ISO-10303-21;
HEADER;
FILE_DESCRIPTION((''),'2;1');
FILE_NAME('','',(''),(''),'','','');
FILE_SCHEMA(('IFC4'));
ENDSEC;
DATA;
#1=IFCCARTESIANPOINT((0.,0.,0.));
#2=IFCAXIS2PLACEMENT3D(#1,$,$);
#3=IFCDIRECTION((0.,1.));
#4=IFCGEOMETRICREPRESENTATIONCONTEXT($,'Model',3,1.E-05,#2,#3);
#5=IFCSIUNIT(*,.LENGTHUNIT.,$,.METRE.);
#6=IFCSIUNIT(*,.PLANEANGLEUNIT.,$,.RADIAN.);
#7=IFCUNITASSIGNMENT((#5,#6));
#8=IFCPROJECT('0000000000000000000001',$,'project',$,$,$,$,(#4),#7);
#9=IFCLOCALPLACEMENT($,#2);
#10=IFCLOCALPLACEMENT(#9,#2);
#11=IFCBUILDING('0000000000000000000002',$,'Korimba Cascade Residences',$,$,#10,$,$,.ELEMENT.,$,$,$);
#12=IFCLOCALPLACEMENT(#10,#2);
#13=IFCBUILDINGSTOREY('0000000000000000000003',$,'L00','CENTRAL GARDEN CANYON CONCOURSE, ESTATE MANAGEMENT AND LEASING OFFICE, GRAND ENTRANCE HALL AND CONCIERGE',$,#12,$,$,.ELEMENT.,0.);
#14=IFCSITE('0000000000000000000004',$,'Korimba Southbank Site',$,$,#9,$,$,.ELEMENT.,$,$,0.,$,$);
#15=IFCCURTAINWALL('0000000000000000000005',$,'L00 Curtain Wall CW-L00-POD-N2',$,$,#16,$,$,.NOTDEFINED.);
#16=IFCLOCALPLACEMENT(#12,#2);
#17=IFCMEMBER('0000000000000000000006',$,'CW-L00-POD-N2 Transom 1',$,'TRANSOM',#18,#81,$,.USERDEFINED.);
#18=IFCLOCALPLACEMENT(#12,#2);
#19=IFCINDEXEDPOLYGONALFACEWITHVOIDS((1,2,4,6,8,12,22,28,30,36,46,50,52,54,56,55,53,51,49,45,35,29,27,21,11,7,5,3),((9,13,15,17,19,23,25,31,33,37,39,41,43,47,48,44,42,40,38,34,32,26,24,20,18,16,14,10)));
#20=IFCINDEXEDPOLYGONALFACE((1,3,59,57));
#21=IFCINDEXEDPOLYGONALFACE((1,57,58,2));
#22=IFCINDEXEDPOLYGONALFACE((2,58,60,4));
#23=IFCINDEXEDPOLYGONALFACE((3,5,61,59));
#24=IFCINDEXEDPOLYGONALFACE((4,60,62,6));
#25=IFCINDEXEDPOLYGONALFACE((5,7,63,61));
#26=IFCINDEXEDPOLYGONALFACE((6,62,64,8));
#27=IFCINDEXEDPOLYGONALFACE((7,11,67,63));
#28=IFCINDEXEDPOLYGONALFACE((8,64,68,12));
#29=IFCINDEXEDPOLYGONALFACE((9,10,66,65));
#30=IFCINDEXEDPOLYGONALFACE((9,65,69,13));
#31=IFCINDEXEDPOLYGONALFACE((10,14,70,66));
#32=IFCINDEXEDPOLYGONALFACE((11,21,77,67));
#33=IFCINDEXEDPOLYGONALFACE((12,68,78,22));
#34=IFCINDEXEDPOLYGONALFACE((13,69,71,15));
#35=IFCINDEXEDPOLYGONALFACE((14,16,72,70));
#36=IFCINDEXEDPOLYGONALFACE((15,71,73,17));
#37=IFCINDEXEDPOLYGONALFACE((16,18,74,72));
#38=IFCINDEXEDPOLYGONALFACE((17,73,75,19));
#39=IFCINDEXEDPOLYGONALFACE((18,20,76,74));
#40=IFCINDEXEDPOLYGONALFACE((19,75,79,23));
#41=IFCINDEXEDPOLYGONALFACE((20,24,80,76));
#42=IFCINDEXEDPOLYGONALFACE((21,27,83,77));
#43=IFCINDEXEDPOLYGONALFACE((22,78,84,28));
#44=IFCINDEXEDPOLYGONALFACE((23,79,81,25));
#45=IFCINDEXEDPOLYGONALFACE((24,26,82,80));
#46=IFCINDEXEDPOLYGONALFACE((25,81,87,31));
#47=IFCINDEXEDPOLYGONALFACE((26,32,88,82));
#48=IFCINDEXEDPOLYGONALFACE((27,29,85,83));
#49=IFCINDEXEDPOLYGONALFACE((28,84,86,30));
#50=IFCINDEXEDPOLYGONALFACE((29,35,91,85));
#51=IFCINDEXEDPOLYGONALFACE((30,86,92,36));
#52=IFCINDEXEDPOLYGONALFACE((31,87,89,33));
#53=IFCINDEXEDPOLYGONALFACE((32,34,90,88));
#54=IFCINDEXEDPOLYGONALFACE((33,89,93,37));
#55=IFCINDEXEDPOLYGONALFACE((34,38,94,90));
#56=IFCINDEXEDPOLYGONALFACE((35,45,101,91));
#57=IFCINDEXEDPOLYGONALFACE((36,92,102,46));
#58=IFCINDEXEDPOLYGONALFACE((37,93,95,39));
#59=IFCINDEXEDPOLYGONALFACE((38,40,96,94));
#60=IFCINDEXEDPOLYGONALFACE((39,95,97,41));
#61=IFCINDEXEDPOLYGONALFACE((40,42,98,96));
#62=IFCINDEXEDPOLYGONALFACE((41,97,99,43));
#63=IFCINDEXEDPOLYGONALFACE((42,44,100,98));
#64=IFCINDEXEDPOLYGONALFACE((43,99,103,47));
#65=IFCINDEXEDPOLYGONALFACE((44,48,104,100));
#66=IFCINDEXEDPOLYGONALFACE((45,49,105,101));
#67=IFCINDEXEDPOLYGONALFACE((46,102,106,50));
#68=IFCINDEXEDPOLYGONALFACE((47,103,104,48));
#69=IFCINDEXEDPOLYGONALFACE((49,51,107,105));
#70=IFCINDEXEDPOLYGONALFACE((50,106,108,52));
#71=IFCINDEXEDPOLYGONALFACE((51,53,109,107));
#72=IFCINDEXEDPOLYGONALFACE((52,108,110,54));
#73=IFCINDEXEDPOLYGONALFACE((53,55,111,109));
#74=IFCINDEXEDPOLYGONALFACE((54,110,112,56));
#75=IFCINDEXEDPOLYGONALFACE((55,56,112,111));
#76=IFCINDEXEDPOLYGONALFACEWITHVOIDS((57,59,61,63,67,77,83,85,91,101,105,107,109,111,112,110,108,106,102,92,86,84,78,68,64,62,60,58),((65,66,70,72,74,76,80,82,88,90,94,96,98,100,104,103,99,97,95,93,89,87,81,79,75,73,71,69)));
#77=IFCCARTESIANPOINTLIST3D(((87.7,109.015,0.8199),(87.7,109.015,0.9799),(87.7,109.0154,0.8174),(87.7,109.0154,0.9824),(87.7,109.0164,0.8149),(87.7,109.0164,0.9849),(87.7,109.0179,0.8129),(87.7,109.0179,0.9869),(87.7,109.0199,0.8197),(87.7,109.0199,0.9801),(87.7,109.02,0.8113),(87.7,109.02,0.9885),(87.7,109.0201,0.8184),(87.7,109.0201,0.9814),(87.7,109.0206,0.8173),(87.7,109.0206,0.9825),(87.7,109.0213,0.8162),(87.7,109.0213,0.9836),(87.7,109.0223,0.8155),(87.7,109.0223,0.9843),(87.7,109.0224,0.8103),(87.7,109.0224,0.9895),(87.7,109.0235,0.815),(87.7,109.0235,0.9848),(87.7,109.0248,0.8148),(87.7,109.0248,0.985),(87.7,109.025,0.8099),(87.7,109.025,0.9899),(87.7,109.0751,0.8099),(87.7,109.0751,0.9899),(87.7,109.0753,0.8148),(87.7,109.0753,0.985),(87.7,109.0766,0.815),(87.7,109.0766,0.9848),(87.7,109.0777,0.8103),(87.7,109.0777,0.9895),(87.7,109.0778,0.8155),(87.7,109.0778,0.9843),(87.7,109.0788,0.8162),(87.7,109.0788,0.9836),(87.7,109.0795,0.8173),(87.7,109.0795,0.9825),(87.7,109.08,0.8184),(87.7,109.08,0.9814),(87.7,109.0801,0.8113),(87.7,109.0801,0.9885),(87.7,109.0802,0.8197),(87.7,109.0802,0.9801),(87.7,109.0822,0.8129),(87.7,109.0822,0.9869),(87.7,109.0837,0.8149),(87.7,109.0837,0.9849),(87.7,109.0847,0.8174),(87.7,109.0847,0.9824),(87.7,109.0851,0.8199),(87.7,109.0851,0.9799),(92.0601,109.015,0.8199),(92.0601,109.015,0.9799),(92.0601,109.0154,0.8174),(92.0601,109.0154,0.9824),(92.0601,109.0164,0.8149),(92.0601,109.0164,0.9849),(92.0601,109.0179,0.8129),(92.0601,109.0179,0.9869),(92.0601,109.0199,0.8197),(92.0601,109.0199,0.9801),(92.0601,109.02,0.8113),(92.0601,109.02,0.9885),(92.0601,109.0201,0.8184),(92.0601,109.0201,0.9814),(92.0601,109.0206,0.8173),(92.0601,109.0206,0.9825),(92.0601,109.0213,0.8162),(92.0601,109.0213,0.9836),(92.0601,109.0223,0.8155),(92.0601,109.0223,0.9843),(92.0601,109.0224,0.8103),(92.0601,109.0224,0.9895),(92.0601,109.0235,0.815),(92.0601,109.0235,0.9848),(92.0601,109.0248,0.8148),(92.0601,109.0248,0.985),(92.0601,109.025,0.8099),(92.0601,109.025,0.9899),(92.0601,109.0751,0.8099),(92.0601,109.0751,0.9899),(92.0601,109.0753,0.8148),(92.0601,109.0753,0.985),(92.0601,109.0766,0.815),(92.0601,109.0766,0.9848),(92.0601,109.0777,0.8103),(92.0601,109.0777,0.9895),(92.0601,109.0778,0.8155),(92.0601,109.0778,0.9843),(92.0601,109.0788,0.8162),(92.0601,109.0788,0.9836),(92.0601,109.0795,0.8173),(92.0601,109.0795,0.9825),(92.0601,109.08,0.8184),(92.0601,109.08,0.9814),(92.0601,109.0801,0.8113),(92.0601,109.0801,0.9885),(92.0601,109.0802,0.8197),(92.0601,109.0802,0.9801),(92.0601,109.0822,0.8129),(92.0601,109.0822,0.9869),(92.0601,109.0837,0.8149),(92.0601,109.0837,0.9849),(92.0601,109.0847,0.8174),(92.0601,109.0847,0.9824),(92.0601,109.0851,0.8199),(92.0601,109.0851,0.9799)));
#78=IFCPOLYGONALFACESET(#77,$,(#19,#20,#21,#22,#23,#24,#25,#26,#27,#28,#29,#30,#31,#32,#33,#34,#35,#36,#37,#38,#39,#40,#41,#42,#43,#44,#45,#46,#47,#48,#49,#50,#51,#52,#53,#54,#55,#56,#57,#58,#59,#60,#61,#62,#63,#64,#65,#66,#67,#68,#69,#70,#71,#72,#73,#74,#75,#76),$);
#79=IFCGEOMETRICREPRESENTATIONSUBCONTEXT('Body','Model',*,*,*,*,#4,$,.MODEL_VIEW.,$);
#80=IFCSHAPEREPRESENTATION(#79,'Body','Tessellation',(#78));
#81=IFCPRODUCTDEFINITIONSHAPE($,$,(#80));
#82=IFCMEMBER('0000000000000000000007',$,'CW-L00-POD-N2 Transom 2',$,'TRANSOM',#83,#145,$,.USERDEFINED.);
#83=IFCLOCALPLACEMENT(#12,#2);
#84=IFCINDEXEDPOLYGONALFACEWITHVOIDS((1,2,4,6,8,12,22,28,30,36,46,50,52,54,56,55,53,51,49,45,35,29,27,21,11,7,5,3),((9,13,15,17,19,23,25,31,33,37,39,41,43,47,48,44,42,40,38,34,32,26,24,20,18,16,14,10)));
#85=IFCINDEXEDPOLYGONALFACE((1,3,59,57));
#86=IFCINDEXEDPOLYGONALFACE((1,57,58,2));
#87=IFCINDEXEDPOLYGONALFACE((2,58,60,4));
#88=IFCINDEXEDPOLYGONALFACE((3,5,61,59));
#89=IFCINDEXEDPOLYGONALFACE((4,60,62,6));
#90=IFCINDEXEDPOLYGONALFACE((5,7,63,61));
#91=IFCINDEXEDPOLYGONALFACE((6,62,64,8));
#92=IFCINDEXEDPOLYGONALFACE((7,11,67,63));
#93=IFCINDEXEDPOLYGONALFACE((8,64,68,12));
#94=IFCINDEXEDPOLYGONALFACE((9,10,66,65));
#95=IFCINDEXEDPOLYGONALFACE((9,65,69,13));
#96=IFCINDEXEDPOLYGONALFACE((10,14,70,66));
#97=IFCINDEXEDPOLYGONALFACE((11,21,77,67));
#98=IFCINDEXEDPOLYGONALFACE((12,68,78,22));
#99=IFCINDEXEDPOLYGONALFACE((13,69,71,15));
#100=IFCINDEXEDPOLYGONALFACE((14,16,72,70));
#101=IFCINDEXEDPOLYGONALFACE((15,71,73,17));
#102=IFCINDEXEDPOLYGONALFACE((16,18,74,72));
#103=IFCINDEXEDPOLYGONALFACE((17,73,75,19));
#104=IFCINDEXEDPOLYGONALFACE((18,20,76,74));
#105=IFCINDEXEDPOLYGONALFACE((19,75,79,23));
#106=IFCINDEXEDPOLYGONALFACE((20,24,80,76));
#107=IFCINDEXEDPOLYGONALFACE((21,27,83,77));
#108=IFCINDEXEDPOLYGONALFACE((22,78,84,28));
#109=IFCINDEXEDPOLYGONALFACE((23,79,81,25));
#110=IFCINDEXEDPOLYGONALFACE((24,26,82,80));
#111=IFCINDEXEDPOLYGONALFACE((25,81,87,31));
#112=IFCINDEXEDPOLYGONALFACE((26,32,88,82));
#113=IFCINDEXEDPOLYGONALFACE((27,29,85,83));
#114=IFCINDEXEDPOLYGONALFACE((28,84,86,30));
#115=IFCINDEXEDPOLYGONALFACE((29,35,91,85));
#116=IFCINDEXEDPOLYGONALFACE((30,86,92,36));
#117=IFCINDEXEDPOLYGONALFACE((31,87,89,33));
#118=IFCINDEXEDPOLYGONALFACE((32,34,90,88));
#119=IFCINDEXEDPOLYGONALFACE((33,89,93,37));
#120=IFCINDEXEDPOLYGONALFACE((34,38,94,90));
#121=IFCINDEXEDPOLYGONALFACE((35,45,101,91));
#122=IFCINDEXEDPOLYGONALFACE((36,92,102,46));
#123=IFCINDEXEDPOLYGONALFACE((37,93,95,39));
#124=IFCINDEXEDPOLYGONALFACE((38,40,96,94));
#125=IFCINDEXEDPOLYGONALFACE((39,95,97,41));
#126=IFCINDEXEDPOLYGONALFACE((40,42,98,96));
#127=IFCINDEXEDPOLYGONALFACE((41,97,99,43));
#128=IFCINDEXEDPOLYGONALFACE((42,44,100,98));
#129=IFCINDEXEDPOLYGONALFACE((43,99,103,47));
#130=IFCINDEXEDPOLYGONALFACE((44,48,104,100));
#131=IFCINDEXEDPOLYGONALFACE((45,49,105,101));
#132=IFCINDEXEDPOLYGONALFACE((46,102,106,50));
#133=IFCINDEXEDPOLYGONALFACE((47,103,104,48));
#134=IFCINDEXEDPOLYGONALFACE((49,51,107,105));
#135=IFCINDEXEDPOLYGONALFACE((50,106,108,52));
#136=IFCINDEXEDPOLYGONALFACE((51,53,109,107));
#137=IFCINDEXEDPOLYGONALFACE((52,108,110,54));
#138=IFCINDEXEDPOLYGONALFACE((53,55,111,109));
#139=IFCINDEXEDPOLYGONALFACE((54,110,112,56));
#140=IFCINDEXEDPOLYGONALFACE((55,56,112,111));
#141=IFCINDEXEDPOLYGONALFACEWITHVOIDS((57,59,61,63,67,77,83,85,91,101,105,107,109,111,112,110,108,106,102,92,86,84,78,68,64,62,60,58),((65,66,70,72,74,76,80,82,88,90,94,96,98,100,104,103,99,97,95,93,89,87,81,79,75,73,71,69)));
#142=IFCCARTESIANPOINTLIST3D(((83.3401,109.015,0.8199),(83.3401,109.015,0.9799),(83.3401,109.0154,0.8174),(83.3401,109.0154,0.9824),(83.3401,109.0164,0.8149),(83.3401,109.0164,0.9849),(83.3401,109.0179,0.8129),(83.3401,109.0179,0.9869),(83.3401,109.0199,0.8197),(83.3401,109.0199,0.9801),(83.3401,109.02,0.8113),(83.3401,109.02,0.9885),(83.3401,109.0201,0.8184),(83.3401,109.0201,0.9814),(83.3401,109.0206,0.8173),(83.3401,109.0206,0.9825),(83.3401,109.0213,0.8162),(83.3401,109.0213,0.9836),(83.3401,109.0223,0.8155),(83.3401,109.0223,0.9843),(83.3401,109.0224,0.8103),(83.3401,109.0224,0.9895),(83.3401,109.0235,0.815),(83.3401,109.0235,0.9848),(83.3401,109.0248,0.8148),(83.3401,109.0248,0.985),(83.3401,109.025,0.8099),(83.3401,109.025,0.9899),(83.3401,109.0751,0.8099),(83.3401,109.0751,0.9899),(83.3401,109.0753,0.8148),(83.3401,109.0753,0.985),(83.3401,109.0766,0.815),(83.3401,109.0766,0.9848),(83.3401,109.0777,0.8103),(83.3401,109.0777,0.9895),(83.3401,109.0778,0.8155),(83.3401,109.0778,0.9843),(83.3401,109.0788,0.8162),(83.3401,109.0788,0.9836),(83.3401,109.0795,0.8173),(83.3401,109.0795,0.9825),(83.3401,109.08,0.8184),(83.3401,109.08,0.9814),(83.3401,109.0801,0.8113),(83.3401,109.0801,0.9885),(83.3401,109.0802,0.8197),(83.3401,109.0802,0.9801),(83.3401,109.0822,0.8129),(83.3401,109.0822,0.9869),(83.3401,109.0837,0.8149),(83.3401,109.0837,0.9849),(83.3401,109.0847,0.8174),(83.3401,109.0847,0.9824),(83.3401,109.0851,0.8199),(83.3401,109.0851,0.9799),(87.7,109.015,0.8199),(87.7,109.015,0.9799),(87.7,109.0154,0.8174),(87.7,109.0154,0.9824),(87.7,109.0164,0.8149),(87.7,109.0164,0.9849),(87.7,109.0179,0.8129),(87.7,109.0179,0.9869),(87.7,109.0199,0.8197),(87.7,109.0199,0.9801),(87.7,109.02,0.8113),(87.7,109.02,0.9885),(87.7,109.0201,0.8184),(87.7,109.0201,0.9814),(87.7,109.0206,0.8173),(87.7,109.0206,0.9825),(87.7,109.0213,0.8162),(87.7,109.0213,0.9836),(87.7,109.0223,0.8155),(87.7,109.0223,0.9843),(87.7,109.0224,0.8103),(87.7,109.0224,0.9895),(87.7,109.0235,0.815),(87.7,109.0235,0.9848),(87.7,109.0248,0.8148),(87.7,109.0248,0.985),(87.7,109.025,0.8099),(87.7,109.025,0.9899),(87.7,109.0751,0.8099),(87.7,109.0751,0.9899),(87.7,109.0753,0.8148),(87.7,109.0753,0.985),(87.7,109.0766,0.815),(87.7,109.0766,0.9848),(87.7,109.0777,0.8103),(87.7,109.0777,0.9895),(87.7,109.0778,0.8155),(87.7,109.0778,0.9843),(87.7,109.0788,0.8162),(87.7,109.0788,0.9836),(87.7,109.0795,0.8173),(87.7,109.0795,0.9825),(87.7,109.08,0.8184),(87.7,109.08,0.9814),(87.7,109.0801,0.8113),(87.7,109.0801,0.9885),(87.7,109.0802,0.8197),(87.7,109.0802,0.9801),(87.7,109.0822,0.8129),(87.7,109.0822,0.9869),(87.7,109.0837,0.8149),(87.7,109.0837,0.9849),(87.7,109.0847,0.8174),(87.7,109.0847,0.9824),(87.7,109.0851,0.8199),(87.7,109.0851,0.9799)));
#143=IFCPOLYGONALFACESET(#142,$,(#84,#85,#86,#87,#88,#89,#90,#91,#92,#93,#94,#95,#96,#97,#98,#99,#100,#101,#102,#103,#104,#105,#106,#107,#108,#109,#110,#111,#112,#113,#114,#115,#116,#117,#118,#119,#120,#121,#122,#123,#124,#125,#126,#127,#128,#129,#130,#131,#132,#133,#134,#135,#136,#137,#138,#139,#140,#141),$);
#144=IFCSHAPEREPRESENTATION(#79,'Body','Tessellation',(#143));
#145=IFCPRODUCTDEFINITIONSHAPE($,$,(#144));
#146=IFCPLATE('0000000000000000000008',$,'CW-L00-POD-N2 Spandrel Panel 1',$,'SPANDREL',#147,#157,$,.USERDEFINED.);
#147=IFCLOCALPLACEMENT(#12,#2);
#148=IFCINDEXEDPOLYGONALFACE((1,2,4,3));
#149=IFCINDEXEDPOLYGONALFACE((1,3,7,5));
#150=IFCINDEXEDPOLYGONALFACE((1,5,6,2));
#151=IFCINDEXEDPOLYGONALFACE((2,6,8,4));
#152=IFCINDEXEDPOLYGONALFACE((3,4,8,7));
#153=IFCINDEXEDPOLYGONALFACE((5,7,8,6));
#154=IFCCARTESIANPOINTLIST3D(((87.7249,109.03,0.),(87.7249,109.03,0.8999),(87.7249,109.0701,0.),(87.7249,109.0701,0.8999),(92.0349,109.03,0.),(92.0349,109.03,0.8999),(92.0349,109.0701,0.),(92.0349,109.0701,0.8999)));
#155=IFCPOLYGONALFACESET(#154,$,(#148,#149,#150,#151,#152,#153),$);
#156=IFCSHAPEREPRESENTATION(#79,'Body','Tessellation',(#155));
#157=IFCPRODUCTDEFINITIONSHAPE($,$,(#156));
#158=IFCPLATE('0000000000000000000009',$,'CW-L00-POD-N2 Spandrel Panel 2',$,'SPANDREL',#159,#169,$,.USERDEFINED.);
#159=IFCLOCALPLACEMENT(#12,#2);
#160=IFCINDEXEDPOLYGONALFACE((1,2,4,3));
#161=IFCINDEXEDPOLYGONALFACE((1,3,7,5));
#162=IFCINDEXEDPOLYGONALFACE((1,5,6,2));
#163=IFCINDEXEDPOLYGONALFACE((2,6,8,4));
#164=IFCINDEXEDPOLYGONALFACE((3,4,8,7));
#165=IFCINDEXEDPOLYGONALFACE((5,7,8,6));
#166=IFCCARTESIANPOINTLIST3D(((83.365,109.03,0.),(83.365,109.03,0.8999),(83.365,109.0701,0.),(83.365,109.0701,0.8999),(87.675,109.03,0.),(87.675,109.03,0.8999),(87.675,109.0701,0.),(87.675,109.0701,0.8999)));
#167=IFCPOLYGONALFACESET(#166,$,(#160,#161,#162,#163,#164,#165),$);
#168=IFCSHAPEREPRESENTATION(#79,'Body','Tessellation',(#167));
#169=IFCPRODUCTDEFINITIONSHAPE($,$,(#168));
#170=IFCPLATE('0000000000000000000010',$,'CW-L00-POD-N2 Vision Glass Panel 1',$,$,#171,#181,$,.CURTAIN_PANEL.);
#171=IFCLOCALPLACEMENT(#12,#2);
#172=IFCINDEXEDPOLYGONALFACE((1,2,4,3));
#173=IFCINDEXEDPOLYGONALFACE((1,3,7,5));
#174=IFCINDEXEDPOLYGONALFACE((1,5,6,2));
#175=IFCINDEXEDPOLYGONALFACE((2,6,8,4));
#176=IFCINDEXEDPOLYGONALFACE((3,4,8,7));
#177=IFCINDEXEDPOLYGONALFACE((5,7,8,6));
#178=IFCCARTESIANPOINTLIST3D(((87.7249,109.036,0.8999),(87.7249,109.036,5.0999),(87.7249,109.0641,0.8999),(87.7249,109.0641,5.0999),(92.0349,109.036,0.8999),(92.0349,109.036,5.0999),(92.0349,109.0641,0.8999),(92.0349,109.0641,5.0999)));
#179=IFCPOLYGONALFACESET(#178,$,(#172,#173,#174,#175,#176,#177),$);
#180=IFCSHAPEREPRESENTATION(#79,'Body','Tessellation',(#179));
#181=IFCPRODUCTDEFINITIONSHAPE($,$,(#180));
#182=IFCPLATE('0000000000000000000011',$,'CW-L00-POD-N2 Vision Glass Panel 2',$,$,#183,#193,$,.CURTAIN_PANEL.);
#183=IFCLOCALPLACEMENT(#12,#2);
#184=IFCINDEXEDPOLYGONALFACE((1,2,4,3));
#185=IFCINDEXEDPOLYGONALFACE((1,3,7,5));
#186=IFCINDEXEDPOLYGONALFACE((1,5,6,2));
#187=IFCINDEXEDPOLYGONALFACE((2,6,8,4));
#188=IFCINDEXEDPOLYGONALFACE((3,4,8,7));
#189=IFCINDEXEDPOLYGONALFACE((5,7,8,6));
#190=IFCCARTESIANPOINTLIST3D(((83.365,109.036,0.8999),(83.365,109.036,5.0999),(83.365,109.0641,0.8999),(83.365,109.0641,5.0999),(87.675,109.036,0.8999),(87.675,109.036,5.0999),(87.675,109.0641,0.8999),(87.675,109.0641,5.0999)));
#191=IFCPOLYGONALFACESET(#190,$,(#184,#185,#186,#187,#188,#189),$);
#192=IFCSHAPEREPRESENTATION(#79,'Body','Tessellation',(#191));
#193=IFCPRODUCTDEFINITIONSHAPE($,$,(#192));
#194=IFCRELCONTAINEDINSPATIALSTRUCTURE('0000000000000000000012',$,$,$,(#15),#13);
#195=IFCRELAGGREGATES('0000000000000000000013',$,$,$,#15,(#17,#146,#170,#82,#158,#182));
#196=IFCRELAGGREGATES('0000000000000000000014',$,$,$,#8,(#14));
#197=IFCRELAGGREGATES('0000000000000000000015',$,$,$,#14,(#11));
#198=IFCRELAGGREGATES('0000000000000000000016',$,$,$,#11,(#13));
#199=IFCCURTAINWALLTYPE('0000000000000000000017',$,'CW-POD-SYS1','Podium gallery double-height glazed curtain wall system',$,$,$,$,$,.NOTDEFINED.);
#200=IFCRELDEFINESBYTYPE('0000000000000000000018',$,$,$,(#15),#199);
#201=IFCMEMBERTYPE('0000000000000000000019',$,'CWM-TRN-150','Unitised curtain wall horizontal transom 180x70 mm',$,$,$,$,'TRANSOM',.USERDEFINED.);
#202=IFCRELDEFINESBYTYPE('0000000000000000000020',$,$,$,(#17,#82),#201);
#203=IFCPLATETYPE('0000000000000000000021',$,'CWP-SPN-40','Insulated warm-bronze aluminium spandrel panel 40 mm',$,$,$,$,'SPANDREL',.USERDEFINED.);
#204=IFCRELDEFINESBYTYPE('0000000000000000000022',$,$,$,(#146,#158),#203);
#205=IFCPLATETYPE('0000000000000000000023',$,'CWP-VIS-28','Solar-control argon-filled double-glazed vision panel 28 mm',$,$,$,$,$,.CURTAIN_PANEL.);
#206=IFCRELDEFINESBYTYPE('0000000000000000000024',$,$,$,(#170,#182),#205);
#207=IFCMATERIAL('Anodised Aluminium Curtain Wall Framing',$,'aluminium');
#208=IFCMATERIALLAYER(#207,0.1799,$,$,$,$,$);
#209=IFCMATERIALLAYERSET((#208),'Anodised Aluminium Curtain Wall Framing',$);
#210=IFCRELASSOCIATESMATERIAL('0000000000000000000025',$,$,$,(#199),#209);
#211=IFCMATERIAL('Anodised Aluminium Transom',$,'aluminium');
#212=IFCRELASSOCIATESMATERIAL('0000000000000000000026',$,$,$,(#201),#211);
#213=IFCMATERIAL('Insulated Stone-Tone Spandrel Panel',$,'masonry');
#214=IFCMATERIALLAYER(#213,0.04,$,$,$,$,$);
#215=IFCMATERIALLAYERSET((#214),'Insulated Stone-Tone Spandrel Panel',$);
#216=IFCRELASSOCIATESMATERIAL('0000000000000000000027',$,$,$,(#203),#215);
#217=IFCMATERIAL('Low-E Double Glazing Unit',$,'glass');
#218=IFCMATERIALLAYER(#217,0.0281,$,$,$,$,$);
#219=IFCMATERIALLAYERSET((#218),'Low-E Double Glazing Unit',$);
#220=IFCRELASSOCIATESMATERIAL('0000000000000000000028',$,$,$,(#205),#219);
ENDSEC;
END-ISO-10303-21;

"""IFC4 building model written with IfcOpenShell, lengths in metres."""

from ifc_helpers import new_model, si_unit, direction, frame, origin, origin_2d, place, context, subcontext, project, spatial, rectangle, hollow_rectangle, extrude, material, layer, layer_set, material_profile, profile_set, type_object, element, aggregate, save


model = new_model("IFC4")

# Units and contexts
model_context = context("Model", 3, precision=1e-05, world=origin(), true_north=direction((0.0, 1.0)))
body_context = subcontext(model_context, "Body", "Model", "MODEL_VIEW")
ifc_project = project(units=[si_unit("LENGTHUNIT", "METRE"), si_unit("PLANEANGLEUNIT", "RADIAN")], contexts=[model_context])

# Site, building, storey
site_placement = place(None, origin())
site = spatial("IfcSite", under=ifc_project, at=site_placement, Name="Korimba Southbank Site", CompositionType="ELEMENT", RefElevation=0.0)
building_placement = place(site_placement, origin())
building = spatial("IfcBuilding", under=site, at=building_placement, Name="Korimba Cascade Residences", CompositionType="ELEMENT")
storey_placement = place(building_placement, origin())
storey = spatial("IfcBuildingStorey", under=building, at=storey_placement, Name="L00", Description="CENTRAL GARDEN CANYON CONCOURSE, ESTATE MANAGEMENT AND LEASING OFFICE, GRAND ENTRANCE HALL AND CONCIERGE", CompositionType="ELEMENT", Elevation=0.0)

# Curtain wall, members, plates
ifc_material_1 = material(Name="Anodised Aluminium Curtain Wall Framing", Category="aluminium")
ifc_layer_1 = layer(ifc_material_1, 0.1799)
ifc_layer_set_1 = layer_set([ifc_layer_1], Name="Anodised Aluminium Curtain Wall Framing")
curtain_wall_type = type_object("IfcCurtainWallType", Name="CW-POD-SYS1", Description="Podium gallery double-height glazed curtain wall system", PredefinedType="NOTDEFINED", material=ifc_layer_set_1)
curtain_wall_placement = place(storey_placement, origin())
curtain_wall = element("IfcCurtainWall", 1, at=curtain_wall_placement, inside=storey, type_object=curtain_wall_type, Name="L00 Curtain Wall CW-L00-POD-N2", PredefinedType="NOTDEFINED")
ifc_material_2 = material(Name="Anodised Aluminium Transom", Category="aluminium")
ifc_material_profile_1 = material_profile(ifc_material_2, hollow_rectangle(XDim=0.0701, YDim=0.1799, WallThickness=0.0049, InnerFilletRadius=0.0049, OuterFilletRadius=0.01, at=origin_2d()), Name="Anodised Aluminium Transom")
ifc_profile_set_1 = profile_set([ifc_material_profile_1], Name="Anodised Aluminium Transom")
member_type_1 = type_object("IfcMemberType", Name="CWM-TRN-150", Description="Unitised curtain wall horizontal transom 180x70 mm", ElementType="TRANSOM", PredefinedType="USERDEFINED", material=ifc_profile_set_1)
member_1_placement = place(storey_placement, frame((92.0601, 109.05, 0.8999), z_axis=(-1.0, 0.0, 0.0), x_axis=(0.0, -1.0, 0.0)))
member_1 = element("IfcMember", 2, at=member_1_placement, type_object=member_type_1, Name="CW-L00-POD-N2 Transom 1", ObjectType="TRANSOM", PredefinedType="USERDEFINED", context=body_context, shape_type="SweptSolid", body=[
    extrude(hollow_rectangle(XDim=0.0701, YDim=0.1799, WallThickness=0.0049, InnerFilletRadius=0.0049, OuterFilletRadius=0.01, at=origin_2d()), origin(), (0.0, 0.0, 1.0), 4.3601),
])
member_2_placement = place(storey_placement, frame((87.7, 109.05, 0.8999), z_axis=(-1.0, 0.0, 0.0), x_axis=(0.0, -1.0, 0.0)))
member_2 = element("IfcMember", 3, at=member_2_placement, type_object=member_type_1, Name="CW-L00-POD-N2 Transom 2", ObjectType="TRANSOM", PredefinedType="USERDEFINED", context=body_context, shape_type="SweptSolid", body=[
    extrude(hollow_rectangle(XDim=0.0701, YDim=0.1799, WallThickness=0.0049, InnerFilletRadius=0.0049, OuterFilletRadius=0.01, at=origin_2d()), origin(), (0.0, 0.0, 1.0), 4.3599),
])
ifc_material_3 = material(Name="Insulated Stone-Tone Spandrel Panel", Category="masonry")
ifc_layer_2 = layer(ifc_material_3, 0.04)
ifc_layer_set_2 = layer_set([ifc_layer_2], Name="Insulated Stone-Tone Spandrel Panel")
plate_type_1 = type_object("IfcPlateType", Name="CWP-SPN-40", Description="Insulated warm-bronze aluminium spandrel panel 40 mm", ElementType="SPANDREL", PredefinedType="USERDEFINED", material=ifc_layer_set_2)
plate_1_placement = place(storey_placement, frame((89.8799, 109.05, 0.0), z_axis=(0.0, 0.0, 1.0), x_axis=(-1.0, 0.0, 0.0)))
plate_1 = element("IfcPlate", 4, at=plate_1_placement, type_object=plate_type_1, Name="CW-L00-POD-N2 Spandrel Panel 1", ObjectType="SPANDREL", PredefinedType="USERDEFINED", context=body_context, shape_type="SweptSolid", body=[
    extrude(rectangle(XDim=4.3101, YDim=0.04, at=origin_2d()), origin(), (0.0, 0.0, 1.0), 0.8999),
])
plate_2_placement = place(storey_placement, frame((85.52, 109.05, 0.0), z_axis=(0.0, 0.0, 1.0), x_axis=(-1.0, 0.0, 0.0)))
plate_2 = element("IfcPlate", 5, at=plate_2_placement, type_object=plate_type_1, Name="CW-L00-POD-N2 Spandrel Panel 2", ObjectType="SPANDREL", PredefinedType="USERDEFINED", context=body_context, shape_type="SweptSolid", body=[
    extrude(rectangle(XDim=4.3101, YDim=0.04, at=origin_2d()), origin(), (0.0, 0.0, 1.0), 0.8999),
])
ifc_material_4 = material(Name="Low-E Double Glazing Unit", Category="glass")
ifc_layer_3 = layer(ifc_material_4, 0.0281)
ifc_layer_set_3 = layer_set([ifc_layer_3], Name="Low-E Double Glazing Unit")
plate_type_2 = type_object("IfcPlateType", Name="CWP-VIS-28", Description="Solar-control argon-filled double-glazed vision panel 28 mm", PredefinedType="CURTAIN_PANEL", material=ifc_layer_set_3)
plate_3_placement = place(storey_placement, frame((89.8799, 109.05, 0.8999), z_axis=(0.0, 0.0, 1.0), x_axis=(-1.0, 0.0, 0.0)))
plate_3 = element("IfcPlate", 6, at=plate_3_placement, type_object=plate_type_2, Name="CW-L00-POD-N2 Vision Glass Panel 1", PredefinedType="CURTAIN_PANEL", context=body_context, shape_type="SweptSolid", body=[
    extrude(rectangle(XDim=4.3101, YDim=0.0281, at=origin_2d()), origin(), (0.0, 0.0, 1.0), 4.2),
])
plate_4_placement = place(storey_placement, frame((85.52, 109.05, 0.8999), z_axis=(0.0, 0.0, 1.0), x_axis=(-1.0, 0.0, 0.0)))
plate_4 = element("IfcPlate", 7, at=plate_4_placement, type_object=plate_type_2, Name="CW-L00-POD-N2 Vision Glass Panel 2", PredefinedType="CURTAIN_PANEL", context=body_context, shape_type="SweptSolid", body=[
    extrude(rectangle(XDim=4.3101, YDim=0.0281, at=origin_2d()), origin(), (0.0, 0.0, 1.0), 4.2),
])
aggregate(curtain_wall, [member_1, plate_1, plate_3, member_2, plate_2, plate_4])

save(model, "model.ifc")
